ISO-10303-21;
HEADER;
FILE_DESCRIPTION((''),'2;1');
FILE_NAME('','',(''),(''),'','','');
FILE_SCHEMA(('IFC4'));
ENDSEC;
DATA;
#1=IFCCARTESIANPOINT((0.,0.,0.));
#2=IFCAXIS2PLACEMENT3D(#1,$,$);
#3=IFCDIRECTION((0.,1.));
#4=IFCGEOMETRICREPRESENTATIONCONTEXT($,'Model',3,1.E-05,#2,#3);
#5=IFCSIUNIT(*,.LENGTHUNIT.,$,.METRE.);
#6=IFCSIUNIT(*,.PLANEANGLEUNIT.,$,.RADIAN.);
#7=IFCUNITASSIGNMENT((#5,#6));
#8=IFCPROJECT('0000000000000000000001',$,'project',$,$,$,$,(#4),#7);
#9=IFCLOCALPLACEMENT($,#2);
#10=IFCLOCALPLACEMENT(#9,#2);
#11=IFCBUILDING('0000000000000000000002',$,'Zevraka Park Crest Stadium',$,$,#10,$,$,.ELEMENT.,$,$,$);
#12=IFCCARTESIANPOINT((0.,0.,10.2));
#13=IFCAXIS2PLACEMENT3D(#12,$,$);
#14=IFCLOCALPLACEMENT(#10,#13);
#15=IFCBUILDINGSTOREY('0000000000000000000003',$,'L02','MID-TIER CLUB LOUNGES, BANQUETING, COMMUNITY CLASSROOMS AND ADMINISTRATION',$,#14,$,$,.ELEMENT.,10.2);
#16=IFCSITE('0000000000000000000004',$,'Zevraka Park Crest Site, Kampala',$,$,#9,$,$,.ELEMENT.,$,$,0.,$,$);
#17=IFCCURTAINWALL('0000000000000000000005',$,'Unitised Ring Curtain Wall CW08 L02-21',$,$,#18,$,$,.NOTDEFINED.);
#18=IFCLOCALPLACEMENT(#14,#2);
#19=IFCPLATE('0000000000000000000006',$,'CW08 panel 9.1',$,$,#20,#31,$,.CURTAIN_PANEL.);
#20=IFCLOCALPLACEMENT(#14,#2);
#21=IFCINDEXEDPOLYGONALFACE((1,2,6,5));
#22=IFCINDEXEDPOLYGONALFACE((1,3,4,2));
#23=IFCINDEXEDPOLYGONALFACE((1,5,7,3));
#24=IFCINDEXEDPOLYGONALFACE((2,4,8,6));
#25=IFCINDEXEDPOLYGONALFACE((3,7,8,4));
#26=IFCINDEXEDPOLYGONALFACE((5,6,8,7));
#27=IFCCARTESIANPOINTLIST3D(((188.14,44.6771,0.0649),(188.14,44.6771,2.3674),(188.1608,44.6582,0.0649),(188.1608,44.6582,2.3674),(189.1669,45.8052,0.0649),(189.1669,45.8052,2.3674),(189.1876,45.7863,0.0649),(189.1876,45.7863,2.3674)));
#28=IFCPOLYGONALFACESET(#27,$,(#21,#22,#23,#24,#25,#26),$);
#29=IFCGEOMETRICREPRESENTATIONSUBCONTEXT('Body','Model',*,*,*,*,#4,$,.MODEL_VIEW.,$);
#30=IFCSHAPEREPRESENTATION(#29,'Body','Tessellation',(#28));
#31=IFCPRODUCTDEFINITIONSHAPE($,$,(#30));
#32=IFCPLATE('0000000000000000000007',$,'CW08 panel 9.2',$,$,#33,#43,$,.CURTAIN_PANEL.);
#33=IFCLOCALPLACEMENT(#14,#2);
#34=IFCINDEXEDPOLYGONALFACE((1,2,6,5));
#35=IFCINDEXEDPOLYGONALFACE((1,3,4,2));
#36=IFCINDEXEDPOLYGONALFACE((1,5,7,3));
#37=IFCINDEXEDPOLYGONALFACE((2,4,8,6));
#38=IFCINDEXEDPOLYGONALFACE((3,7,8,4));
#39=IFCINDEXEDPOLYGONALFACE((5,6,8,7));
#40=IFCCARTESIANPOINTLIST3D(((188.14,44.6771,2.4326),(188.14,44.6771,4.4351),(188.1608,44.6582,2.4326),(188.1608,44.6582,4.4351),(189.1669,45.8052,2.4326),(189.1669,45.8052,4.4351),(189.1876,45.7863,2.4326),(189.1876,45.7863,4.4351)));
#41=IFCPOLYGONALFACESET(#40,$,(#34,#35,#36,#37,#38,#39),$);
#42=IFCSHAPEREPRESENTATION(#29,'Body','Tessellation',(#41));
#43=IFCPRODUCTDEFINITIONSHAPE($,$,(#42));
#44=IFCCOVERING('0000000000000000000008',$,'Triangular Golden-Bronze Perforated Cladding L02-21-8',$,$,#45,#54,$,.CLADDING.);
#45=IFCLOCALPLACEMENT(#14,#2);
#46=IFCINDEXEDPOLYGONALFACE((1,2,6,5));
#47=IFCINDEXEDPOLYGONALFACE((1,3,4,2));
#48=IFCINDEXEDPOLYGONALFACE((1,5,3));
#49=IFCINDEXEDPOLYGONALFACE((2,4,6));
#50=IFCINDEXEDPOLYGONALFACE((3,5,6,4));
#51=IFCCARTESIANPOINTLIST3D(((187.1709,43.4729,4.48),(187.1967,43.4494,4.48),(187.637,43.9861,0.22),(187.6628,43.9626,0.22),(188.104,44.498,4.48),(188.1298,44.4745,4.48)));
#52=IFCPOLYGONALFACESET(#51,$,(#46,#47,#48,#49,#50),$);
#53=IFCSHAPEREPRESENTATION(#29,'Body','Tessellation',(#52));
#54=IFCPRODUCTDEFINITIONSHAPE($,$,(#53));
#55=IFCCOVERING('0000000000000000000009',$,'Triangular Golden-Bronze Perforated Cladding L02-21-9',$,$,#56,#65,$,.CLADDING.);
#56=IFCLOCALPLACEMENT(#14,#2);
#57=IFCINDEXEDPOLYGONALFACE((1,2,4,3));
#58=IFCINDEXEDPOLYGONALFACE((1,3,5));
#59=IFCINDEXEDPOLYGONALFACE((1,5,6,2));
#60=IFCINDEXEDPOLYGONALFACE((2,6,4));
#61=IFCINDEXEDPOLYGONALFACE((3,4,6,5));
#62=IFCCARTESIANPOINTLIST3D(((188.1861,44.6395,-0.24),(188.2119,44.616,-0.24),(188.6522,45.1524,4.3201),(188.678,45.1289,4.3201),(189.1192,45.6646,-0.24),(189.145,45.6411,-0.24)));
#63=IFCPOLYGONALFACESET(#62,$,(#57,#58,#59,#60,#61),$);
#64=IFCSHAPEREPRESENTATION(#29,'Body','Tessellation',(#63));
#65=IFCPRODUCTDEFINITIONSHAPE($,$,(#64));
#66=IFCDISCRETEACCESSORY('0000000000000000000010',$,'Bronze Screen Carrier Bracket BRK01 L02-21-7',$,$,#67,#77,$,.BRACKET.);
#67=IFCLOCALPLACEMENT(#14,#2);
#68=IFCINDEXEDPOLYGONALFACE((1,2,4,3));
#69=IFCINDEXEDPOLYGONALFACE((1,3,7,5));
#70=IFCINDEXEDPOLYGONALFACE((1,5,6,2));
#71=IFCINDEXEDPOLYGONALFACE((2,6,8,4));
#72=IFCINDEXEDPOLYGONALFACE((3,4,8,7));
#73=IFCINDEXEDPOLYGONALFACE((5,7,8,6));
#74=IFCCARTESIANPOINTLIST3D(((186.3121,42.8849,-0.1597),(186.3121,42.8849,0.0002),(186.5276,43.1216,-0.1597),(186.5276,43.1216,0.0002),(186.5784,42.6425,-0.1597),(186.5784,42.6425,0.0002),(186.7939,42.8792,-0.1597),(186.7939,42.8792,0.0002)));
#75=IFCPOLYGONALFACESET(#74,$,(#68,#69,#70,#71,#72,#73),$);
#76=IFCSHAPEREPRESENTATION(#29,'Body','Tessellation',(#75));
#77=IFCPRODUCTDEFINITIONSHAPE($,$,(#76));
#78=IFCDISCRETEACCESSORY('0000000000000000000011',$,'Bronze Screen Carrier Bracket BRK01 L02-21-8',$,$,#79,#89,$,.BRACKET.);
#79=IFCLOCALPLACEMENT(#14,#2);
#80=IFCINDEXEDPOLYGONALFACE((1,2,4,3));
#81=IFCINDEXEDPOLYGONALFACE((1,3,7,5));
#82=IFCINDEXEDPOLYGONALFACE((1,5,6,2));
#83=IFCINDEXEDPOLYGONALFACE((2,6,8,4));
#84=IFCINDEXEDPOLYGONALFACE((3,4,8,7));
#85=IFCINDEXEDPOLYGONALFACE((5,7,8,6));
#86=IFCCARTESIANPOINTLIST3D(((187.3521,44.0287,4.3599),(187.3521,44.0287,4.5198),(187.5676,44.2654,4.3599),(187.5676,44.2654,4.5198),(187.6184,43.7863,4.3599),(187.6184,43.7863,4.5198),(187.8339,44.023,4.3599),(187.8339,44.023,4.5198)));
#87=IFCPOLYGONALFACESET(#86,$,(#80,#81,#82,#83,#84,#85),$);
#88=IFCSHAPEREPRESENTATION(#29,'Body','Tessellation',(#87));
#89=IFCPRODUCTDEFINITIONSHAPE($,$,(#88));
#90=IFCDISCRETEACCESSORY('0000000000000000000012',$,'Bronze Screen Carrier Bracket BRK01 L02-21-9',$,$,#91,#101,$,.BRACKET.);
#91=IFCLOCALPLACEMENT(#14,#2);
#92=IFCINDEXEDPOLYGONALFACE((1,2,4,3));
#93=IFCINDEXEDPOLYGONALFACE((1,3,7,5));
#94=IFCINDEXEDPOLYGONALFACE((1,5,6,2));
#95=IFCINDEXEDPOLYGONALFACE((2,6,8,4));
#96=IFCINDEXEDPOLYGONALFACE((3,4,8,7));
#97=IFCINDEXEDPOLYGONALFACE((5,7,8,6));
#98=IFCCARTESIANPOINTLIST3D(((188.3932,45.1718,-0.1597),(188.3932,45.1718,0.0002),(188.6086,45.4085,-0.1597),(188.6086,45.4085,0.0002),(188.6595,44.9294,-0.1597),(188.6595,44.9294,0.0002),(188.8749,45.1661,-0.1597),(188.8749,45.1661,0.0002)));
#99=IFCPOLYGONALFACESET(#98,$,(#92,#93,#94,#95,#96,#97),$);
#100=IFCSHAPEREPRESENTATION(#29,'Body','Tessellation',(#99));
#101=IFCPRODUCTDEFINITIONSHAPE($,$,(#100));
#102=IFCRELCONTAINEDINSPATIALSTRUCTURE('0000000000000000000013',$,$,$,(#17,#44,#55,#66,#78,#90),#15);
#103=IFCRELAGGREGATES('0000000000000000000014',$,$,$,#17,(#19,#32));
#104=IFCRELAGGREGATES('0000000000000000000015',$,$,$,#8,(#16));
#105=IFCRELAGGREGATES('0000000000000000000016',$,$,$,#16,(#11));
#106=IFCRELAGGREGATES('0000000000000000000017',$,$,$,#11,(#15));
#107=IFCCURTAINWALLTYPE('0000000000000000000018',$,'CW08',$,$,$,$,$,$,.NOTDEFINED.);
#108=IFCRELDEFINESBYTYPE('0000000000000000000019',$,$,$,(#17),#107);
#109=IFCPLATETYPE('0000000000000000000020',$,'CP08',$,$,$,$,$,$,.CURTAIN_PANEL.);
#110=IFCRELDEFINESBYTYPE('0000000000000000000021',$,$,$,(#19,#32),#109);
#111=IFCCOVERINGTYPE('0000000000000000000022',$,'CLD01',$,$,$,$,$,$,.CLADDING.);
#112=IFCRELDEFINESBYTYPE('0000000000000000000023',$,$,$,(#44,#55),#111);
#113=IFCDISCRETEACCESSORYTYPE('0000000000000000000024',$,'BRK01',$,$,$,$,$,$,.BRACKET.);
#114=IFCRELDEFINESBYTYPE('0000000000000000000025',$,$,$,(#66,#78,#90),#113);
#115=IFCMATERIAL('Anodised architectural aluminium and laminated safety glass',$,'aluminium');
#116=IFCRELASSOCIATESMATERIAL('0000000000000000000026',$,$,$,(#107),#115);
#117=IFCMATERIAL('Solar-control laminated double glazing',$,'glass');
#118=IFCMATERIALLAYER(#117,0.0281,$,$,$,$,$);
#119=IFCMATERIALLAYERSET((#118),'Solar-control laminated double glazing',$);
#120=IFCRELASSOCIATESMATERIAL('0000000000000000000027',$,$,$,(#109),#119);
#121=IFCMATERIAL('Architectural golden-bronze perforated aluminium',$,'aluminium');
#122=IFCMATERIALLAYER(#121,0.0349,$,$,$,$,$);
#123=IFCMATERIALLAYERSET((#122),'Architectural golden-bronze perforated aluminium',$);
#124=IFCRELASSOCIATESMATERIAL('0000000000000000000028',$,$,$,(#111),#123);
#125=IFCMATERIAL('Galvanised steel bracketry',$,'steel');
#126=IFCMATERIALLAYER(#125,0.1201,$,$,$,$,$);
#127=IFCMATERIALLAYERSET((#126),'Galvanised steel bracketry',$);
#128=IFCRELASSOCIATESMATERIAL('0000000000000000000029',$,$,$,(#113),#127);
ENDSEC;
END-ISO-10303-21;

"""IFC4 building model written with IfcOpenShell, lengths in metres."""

from ifc_helpers import new_model, si_unit, direction, frame, origin, origin_2d, place, context, subcontext, project, spatial, polyline, rectangle, outline, extrude, material, layer, layer_set, type_object, element, aggregate, save


model = new_model("IFC4")

# Units and contexts
model_context = context("Model", 3, precision=1e-05, world=origin(), true_north=direction((0.0, 1.0)))
body_context = subcontext(model_context, "Body", "Model", "MODEL_VIEW")
ifc_project = project(units=[si_unit("LENGTHUNIT", "METRE"), si_unit("PLANEANGLEUNIT", "RADIAN")], contexts=[model_context])

# Site, building, storey
site_placement = place(None, origin())
site = spatial("IfcSite", under=ifc_project, at=site_placement, Name="Zevraka Park Crest Site, Kampala", CompositionType="ELEMENT", RefElevation=0.0)
building_placement = place(site_placement, origin())
building = spatial("IfcBuilding", under=site, at=building_placement, Name="Zevraka Park Crest Stadium", CompositionType="ELEMENT")
storey_placement = place(building_placement, frame((0.0, 0.0, 10.2)))
storey = spatial("IfcBuildingStorey", under=building, at=storey_placement, Name="L02", Description="MID-TIER CLUB LOUNGES, BANQUETING, COMMUNITY CLASSROOMS AND ADMINISTRATION", CompositionType="ELEMENT", Elevation=10.2)

# Curtain wall, plates
ifc_material_1 = material(Name="Anodised architectural aluminium and laminated safety glass", Category="aluminium")
curtain_wall_type = type_object("IfcCurtainWallType", Name="CW08", PredefinedType="NOTDEFINED", material=ifc_material_1)
curtain_wall_placement = place(storey_placement, origin())
curtain_wall = element("IfcCurtainWall", 1, at=curtain_wall_placement, inside=storey, type_object=curtain_wall_type, Name="Unitised Ring Curtain Wall CW08 L02-21", PredefinedType="NOTDEFINED")
ifc_material_2 = material(Name="Solar-control laminated double glazing", Category="glass")
ifc_layer_1 = layer(ifc_material_2, 0.0281)
ifc_layer_set_1 = layer_set([ifc_layer_1], Name="Solar-control laminated double glazing")
plate_type = type_object("IfcPlateType", Name="CP08", PredefinedType="CURTAIN_PANEL", material=ifc_layer_set_1)
plate_1_placement = place(storey_placement, frame((188.6638, 45.2317, 0.0649), z_axis=(0.0, 0.0, 1.0), x_axis=(0.67316, 0.739497, 0.0)))
plate_1 = element("IfcPlate", 2, at=plate_1_placement, type_object=plate_type, Name="CW08 panel 9.1", PredefinedType="CURTAIN_PANEL", context=body_context, shape_type="SweptSolid", body=[
    extrude(rectangle(XDim=1.5254, YDim=0.0281, at=origin_2d()), origin(), (0.0, 0.0, 1.0), 2.3025),
])
plate_2_placement = place(storey_placement, frame((188.6638, 45.2317, 2.4326), z_axis=(0.0, 0.0, 1.0), x_axis=(0.67316, 0.739497, 0.0)))
plate_2 = element("IfcPlate", 3, at=plate_2_placement, type_object=plate_type, Name="CW08 panel 9.2", PredefinedType="CURTAIN_PANEL", context=body_context, shape_type="SweptSolid", body=[
    extrude(rectangle(XDim=1.5254, YDim=0.0281, at=origin_2d()), origin(), (0.0, 0.0, 1.0), 2.0024),
])
aggregate(curtain_wall, [plate_1, plate_2])

# Coverings
ifc_material_3 = material(Name="Architectural golden-bronze perforated aluminium", Category="aluminium")
ifc_layer_2 = layer(ifc_material_3, 0.0349)
ifc_layer_set_2 = layer_set([ifc_layer_2], Name="Architectural golden-bronze perforated aluminium")
covering_type = type_object("IfcCoveringType", Name="CLD01", PredefinedType="CLADDING", material=ifc_layer_set_2)
covering_1_placement = place(storey_placement, frame((188.104, 44.498, 4.48), z_axis=(-0.739526, 0.673128, 0.000181), x_axis=(-0.673129, -0.739526, 0.0)))
element("IfcCovering", 4, at=covering_1_placement, inside=storey, type_object=covering_type, Name="Triangular Golden-Bronze Perforated Cladding L02-21-8", PredefinedType="CLADDING", context=body_context, shape_type="SweptSolid", body=[
    extrude(outline(polyline([(0.0, 0.0), (1.3862, 0.0), (0.693, -4.26), (0.0, 0.0)])), origin(), (0.0, 0.0, -1.0), 0.0349),
])
covering_2_placement = place(storey_placement, frame((188.2119, 44.616, -0.24), z_axis=(0.739526, -0.673128, 0.000133), x_axis=(0.673129, 0.739526, 0.0)))
element("IfcCovering", 5, at=covering_2_placement, inside=storey, type_object=covering_type, Name="Triangular Golden-Bronze Perforated Cladding L02-21-9", PredefinedType="CLADDING", context=body_context, shape_type="SweptSolid", body=[
    extrude(outline(polyline([(0.0, 0.0), (1.3862, 0.0), (0.6931, 4.5601), (0.0, 0.0)])), origin(), (0.0, 0.0, -1.0), 0.0349),
])

# Discrete accessories
ifc_material_4 = material(Name="Galvanised steel bracketry", Category="steel")
ifc_layer_3 = layer(ifc_material_4, 0.1201)
ifc_layer_set_3 = layer_set([ifc_layer_3], Name="Galvanised steel bracketry")
discrete_accessory_type = type_object("IfcDiscreteAccessoryType", Name="BRK01", PredefinedType="BRACKET", material=ifc_layer_set_3)
for number, where, z_axis, x_axis, name in (
    (6, (186.553, 42.8821, -0.1597), (0.0, 0.0, 1.0), (0.673142, 0.739514, 0.0), "Bronze Screen Carrier Bracket BRK01 L02-21-7"),
    (7, (187.593, 44.0259, 4.3599), (0.0, 0.0, 1.0), (0.673142, 0.739514, 0.0), "Bronze Screen Carrier Bracket BRK01 L02-21-8"),
    (8, (188.634, 45.1689, -0.1597), (0.0, 0.0, 1.0), (0.673142, 0.739514, 0.0), "Bronze Screen Carrier Bracket BRK01 L02-21-9"),
):
    element("IfcDiscreteAccessory", number, at=place(storey_placement, frame(where, z_axis=z_axis, x_axis=x_axis)), inside=storey, type_object=discrete_accessory_type, Name=name, PredefinedType="BRACKET", context=body_context, shape_type="SweptSolid", body=[
        extrude(rectangle(XDim=0.3201, YDim=0.3601, at=origin_2d()), origin(), (0.0, 0.0, 1.0), 0.1599),
    ])

save(model, "model.ifc")
